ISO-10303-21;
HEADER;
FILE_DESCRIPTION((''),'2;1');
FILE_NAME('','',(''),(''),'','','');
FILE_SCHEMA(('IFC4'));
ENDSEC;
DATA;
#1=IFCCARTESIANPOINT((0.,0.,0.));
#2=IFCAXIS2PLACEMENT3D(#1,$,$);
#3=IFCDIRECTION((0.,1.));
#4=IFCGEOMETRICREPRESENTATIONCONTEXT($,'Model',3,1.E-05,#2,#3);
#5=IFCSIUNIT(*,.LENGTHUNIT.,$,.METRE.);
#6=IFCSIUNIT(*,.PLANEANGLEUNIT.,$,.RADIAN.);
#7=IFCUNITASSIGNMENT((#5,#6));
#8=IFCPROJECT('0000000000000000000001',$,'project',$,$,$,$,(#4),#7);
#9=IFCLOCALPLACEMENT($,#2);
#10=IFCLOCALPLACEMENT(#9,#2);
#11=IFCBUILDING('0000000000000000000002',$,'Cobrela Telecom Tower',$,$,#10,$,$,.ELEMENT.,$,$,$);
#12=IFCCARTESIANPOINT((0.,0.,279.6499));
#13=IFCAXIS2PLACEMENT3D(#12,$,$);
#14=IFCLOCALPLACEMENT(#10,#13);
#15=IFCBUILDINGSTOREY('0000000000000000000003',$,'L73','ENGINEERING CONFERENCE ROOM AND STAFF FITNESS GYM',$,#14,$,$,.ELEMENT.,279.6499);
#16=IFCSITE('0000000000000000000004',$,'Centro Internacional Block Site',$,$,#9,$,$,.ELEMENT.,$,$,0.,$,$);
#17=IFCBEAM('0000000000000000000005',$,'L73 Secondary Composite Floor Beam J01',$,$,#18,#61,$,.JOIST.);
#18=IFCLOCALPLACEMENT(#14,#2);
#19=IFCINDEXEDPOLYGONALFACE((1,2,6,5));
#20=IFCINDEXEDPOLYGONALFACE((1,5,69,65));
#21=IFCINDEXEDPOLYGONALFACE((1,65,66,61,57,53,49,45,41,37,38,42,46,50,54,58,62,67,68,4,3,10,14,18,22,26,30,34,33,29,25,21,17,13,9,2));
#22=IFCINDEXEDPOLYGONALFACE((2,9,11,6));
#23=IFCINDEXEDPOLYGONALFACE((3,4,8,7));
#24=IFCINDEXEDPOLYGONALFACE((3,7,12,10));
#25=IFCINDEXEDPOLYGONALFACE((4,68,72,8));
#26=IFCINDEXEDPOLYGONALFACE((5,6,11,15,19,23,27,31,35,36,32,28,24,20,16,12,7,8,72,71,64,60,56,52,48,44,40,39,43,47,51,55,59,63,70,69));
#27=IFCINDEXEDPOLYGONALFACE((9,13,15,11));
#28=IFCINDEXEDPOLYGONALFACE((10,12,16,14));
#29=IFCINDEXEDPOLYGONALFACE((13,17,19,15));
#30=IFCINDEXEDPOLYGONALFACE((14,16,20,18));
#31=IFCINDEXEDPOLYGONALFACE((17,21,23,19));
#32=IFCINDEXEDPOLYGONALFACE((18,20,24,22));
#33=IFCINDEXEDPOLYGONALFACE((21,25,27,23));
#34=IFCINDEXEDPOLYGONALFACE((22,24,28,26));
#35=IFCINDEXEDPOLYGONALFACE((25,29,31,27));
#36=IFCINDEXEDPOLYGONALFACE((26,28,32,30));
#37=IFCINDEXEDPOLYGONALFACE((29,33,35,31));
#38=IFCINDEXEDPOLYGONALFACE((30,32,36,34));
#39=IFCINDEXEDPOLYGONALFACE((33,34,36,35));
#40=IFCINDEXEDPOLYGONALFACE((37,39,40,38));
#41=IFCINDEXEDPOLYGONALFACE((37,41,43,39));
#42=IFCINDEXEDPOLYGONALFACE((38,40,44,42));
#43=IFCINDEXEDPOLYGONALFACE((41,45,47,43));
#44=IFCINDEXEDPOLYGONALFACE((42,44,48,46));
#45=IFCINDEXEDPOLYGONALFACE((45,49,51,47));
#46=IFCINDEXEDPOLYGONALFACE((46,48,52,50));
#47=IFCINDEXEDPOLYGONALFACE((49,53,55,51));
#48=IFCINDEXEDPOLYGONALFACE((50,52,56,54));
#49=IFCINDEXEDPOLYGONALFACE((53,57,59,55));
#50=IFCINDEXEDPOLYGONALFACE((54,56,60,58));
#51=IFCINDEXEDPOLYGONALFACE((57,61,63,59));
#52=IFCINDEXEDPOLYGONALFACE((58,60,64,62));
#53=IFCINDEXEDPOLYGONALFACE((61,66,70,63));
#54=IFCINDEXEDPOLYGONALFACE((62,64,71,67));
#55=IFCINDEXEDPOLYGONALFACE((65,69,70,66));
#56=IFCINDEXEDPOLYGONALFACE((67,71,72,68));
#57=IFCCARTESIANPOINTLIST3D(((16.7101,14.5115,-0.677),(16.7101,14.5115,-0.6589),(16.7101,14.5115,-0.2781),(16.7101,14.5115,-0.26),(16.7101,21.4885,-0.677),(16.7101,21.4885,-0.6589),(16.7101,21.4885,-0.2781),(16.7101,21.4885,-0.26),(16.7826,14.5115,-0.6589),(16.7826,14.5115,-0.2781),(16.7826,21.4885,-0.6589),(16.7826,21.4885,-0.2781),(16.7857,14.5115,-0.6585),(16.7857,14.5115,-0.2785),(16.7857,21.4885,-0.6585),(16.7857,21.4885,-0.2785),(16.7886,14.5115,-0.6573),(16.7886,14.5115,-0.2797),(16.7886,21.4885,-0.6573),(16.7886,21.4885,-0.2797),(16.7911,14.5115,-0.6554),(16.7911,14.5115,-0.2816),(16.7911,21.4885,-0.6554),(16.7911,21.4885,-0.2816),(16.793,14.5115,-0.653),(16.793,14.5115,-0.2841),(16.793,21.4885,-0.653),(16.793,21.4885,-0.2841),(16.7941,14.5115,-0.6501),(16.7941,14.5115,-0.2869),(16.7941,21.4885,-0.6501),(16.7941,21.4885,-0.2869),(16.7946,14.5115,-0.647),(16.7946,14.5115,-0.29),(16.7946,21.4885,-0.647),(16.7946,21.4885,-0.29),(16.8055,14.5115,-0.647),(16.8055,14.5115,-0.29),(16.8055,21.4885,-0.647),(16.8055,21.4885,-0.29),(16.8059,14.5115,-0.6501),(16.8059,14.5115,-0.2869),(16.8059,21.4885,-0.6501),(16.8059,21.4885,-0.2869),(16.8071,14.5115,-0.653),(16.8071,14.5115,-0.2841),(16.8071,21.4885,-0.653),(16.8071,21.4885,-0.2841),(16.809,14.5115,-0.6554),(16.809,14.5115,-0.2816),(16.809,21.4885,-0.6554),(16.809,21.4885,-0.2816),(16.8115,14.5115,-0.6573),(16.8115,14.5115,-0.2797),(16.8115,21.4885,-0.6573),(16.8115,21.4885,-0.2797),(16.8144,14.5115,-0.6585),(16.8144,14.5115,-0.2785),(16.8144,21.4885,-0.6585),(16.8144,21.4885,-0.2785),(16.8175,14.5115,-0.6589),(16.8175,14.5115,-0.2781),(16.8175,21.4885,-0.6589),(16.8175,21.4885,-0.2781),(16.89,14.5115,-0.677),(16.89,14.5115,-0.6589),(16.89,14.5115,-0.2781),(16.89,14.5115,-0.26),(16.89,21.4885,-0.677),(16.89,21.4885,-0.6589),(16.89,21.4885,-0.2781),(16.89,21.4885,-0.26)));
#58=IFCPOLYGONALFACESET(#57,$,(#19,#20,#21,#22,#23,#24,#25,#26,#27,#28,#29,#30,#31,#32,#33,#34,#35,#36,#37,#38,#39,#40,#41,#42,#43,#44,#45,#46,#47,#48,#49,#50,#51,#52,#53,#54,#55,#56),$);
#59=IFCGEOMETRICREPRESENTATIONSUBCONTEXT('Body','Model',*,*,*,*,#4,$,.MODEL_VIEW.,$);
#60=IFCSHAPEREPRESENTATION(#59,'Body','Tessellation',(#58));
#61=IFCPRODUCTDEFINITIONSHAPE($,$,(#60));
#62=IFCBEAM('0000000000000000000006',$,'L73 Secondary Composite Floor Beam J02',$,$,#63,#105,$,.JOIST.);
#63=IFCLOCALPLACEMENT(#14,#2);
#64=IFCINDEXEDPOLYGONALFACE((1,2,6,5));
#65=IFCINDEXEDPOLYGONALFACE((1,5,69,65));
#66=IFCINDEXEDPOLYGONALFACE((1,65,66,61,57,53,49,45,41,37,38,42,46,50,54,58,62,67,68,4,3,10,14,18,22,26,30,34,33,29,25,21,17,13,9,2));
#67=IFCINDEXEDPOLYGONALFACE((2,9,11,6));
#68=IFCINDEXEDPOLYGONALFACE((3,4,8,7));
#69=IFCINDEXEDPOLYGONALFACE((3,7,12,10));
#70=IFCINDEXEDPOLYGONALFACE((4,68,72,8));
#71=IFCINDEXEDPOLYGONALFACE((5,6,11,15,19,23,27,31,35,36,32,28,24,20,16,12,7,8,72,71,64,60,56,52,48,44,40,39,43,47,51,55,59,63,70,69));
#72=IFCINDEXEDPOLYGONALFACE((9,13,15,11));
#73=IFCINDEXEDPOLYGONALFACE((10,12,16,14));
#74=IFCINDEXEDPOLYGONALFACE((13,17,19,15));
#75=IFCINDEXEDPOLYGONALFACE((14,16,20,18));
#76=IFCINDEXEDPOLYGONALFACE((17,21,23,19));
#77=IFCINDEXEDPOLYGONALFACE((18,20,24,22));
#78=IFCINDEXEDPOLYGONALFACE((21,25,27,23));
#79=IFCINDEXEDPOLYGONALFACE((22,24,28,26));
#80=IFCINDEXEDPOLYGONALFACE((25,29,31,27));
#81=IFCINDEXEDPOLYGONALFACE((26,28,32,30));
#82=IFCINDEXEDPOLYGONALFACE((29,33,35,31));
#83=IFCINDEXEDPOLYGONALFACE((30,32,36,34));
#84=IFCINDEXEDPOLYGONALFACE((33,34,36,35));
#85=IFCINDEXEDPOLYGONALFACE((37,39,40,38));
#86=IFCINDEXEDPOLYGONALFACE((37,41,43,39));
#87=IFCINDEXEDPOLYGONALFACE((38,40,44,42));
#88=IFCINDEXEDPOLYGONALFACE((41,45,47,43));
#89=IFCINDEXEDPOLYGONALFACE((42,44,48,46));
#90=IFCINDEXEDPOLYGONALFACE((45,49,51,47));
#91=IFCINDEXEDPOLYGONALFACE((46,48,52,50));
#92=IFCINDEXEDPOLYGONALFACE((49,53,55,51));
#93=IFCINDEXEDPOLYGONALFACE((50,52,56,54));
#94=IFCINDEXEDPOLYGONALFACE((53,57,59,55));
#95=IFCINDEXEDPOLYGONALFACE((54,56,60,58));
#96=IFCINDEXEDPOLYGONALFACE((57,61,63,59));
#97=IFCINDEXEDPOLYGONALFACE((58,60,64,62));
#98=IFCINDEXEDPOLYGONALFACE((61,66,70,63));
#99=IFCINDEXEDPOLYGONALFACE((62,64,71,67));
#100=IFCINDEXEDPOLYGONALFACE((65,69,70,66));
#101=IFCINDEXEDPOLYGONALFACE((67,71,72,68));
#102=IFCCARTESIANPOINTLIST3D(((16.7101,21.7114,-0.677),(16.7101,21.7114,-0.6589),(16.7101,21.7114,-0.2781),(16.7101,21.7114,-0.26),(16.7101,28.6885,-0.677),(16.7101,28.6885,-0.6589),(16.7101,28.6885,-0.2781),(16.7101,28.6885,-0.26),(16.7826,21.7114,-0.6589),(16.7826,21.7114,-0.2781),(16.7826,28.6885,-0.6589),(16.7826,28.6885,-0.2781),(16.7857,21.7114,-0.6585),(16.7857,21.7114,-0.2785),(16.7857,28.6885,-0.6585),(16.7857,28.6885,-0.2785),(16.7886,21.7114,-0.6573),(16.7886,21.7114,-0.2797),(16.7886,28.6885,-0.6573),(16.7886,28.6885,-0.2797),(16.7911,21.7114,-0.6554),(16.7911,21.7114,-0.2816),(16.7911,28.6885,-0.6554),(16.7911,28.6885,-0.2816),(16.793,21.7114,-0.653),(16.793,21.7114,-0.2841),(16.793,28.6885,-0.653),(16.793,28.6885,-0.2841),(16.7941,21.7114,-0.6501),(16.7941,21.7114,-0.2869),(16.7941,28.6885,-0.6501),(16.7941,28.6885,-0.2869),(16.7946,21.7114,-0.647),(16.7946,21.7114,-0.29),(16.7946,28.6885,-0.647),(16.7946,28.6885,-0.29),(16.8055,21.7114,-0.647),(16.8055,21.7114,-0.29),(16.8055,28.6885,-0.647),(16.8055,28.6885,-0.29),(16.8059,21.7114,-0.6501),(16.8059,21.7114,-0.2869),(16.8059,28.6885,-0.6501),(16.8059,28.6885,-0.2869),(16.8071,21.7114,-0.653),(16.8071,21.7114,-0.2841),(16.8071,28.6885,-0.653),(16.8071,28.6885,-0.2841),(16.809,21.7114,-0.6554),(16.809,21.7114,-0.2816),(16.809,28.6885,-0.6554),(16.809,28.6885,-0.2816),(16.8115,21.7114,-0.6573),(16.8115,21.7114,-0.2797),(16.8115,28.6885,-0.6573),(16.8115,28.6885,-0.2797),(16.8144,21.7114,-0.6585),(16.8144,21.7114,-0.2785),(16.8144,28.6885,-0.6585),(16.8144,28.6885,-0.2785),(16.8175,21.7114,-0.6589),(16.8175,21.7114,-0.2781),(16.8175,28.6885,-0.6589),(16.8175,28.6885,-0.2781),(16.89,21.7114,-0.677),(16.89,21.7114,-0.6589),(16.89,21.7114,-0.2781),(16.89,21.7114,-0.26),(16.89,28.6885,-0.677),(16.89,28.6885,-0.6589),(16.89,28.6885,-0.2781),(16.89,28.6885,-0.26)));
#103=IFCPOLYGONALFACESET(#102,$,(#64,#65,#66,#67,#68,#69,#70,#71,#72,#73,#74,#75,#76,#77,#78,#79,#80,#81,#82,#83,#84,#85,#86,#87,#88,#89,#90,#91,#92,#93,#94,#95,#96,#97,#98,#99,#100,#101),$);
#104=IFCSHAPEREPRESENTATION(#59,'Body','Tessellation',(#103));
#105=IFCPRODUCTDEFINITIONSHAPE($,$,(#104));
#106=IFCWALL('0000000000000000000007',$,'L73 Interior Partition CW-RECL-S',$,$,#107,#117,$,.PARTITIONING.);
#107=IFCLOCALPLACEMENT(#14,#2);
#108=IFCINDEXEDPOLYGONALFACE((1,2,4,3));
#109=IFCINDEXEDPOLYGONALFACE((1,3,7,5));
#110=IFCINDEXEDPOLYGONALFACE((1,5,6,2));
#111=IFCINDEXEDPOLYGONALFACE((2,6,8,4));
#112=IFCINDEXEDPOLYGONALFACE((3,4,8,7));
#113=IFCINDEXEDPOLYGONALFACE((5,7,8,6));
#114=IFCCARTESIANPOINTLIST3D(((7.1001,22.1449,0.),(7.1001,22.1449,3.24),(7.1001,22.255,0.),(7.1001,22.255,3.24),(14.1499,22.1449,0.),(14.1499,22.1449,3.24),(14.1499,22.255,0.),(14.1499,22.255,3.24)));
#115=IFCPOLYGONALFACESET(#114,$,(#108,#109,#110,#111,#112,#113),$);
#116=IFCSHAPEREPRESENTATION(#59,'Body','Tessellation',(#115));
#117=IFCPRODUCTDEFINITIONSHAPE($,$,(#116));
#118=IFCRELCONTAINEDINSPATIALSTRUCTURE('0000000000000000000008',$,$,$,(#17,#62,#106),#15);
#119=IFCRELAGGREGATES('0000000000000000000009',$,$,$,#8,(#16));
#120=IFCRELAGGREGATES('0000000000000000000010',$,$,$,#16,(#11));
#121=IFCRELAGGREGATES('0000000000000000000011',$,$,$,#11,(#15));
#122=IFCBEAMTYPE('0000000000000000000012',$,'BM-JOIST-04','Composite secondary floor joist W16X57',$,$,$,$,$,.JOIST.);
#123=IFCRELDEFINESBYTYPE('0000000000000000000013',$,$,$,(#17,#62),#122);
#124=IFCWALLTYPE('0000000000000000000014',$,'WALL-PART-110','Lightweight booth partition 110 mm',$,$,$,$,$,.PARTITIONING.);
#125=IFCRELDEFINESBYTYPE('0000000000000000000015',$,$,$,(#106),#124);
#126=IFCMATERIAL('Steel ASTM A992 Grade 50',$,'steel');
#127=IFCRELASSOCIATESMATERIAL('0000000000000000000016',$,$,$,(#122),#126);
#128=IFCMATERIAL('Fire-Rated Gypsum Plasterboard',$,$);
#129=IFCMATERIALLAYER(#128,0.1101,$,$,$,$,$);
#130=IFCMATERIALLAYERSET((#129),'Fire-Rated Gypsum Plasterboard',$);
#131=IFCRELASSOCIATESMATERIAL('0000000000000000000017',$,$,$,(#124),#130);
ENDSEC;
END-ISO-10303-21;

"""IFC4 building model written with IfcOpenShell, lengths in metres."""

from ifc_helpers import new_model, si_unit, direction, frame, frame_2d, origin, origin_2d, place, context, subcontext, project, spatial, rectangle, i_section, extrude, material, layer, layer_set, material_profile, profile_set, type_object, element, save


model = new_model("IFC4")

# Units and contexts
model_context = context("Model", 3, precision=1e-05, world=origin(), true_north=direction((0.0, 1.0)))
body_context = subcontext(model_context, "Body", "Model", "MODEL_VIEW")
ifc_project = project(units=[si_unit("LENGTHUNIT", "METRE"), si_unit("PLANEANGLEUNIT", "RADIAN")], contexts=[model_context])

# Site, building, storey
site_placement = place(None, origin())
site = spatial("IfcSite", under=ifc_project, at=site_placement, Name="Centro Internacional Block Site", CompositionType="ELEMENT", RefElevation=0.0)
building_placement = place(site_placement, origin())
building = spatial("IfcBuilding", under=site, at=building_placement, Name="Cobrela Telecom Tower", CompositionType="ELEMENT")
storey_placement = place(building_placement, frame((0.0, 0.0, 279.6499)))
storey = spatial("IfcBuildingStorey", under=building, at=storey_placement, Name="L73", Description="ENGINEERING CONFERENCE ROOM AND STAFF FITNESS GYM", CompositionType="ELEMENT", Elevation=279.6499)

# Beams
ifc_material_1 = material(Name="Steel ASTM A992 Grade 50", Category="steel")
ifc_material_profile_1 = material_profile(ifc_material_1, i_section(OverallWidth=0.1799, OverallDepth=0.417, WebThickness=0.011, FlangeThickness=0.0181, FilletRadius=0.012, at=origin_2d()), Name="W16X57")
ifc_profile_set_1 = profile_set([ifc_material_profile_1], Name="Steel ASTM A992 Grade 50")
beam_type_1 = type_object("IfcBeamType", Name="BM-JOIST-04", Description="Composite secondary floor joist W16X57", PredefinedType="JOIST", material=ifc_profile_set_1)
for number, where, z_axis, x_axis, name in (
    (1, (16.8, 14.5115, -0.4685), (0.0, 1.0, 0.0), (-1.0, 0.0, 0.0), "L73 Secondary Composite Floor Beam J01"),
    (2, (16.8, 21.7114, -0.4685), (0.0, 1.0, 0.0), (-1.0, 0.0, 0.0), "L73 Secondary Composite Floor Beam J02"),
):
    element("IfcBeam", number, at=place(storey_placement, frame(where, z_axis=z_axis, x_axis=x_axis)), inside=storey, type_object=beam_type_1, Name=name, PredefinedType="JOIST", context=body_context, shape_type="SweptSolid", body=[
        extrude(i_section(OverallWidth=0.1799, OverallDepth=0.417, WebThickness=0.011, FlangeThickness=0.0181, FilletRadius=0.012, at=origin_2d()), origin(), (0.0, 0.0, 1.0), 6.9771),
    ])

# Wall
ifc_material_2 = material(Name="Fire-Rated Gypsum Plasterboard")
ifc_layer_1 = layer(ifc_material_2, 0.1101)
ifc_layer_set_1 = layer_set([ifc_layer_1], Name="Fire-Rated Gypsum Plasterboard")
wall_type_1 = type_object("IfcWallType", Name="WALL-PART-110", Description="Lightweight booth partition 110 mm", PredefinedType="PARTITIONING", material=ifc_layer_set_1)
wall_1_placement = place(storey_placement, frame((7.1001, 22.2, 0.0), z_axis=(0.0, 0.0, 1.0), x_axis=(1.0, 0.0, 0.0)))
element("IfcWall", 3, at=wall_1_placement, inside=storey, type_object=wall_type_1, Name="L73 Interior Partition CW-RECL-S", PredefinedType="PARTITIONING", context=body_context, shape_type="SweptSolid", body=[
    extrude(rectangle(XDim=7.0498, YDim=0.1101, at=frame_2d((3.5249, 0.0))), origin(), (0.0, 0.0, 1.0), 3.24),
])

save(model, "model.ifc")
